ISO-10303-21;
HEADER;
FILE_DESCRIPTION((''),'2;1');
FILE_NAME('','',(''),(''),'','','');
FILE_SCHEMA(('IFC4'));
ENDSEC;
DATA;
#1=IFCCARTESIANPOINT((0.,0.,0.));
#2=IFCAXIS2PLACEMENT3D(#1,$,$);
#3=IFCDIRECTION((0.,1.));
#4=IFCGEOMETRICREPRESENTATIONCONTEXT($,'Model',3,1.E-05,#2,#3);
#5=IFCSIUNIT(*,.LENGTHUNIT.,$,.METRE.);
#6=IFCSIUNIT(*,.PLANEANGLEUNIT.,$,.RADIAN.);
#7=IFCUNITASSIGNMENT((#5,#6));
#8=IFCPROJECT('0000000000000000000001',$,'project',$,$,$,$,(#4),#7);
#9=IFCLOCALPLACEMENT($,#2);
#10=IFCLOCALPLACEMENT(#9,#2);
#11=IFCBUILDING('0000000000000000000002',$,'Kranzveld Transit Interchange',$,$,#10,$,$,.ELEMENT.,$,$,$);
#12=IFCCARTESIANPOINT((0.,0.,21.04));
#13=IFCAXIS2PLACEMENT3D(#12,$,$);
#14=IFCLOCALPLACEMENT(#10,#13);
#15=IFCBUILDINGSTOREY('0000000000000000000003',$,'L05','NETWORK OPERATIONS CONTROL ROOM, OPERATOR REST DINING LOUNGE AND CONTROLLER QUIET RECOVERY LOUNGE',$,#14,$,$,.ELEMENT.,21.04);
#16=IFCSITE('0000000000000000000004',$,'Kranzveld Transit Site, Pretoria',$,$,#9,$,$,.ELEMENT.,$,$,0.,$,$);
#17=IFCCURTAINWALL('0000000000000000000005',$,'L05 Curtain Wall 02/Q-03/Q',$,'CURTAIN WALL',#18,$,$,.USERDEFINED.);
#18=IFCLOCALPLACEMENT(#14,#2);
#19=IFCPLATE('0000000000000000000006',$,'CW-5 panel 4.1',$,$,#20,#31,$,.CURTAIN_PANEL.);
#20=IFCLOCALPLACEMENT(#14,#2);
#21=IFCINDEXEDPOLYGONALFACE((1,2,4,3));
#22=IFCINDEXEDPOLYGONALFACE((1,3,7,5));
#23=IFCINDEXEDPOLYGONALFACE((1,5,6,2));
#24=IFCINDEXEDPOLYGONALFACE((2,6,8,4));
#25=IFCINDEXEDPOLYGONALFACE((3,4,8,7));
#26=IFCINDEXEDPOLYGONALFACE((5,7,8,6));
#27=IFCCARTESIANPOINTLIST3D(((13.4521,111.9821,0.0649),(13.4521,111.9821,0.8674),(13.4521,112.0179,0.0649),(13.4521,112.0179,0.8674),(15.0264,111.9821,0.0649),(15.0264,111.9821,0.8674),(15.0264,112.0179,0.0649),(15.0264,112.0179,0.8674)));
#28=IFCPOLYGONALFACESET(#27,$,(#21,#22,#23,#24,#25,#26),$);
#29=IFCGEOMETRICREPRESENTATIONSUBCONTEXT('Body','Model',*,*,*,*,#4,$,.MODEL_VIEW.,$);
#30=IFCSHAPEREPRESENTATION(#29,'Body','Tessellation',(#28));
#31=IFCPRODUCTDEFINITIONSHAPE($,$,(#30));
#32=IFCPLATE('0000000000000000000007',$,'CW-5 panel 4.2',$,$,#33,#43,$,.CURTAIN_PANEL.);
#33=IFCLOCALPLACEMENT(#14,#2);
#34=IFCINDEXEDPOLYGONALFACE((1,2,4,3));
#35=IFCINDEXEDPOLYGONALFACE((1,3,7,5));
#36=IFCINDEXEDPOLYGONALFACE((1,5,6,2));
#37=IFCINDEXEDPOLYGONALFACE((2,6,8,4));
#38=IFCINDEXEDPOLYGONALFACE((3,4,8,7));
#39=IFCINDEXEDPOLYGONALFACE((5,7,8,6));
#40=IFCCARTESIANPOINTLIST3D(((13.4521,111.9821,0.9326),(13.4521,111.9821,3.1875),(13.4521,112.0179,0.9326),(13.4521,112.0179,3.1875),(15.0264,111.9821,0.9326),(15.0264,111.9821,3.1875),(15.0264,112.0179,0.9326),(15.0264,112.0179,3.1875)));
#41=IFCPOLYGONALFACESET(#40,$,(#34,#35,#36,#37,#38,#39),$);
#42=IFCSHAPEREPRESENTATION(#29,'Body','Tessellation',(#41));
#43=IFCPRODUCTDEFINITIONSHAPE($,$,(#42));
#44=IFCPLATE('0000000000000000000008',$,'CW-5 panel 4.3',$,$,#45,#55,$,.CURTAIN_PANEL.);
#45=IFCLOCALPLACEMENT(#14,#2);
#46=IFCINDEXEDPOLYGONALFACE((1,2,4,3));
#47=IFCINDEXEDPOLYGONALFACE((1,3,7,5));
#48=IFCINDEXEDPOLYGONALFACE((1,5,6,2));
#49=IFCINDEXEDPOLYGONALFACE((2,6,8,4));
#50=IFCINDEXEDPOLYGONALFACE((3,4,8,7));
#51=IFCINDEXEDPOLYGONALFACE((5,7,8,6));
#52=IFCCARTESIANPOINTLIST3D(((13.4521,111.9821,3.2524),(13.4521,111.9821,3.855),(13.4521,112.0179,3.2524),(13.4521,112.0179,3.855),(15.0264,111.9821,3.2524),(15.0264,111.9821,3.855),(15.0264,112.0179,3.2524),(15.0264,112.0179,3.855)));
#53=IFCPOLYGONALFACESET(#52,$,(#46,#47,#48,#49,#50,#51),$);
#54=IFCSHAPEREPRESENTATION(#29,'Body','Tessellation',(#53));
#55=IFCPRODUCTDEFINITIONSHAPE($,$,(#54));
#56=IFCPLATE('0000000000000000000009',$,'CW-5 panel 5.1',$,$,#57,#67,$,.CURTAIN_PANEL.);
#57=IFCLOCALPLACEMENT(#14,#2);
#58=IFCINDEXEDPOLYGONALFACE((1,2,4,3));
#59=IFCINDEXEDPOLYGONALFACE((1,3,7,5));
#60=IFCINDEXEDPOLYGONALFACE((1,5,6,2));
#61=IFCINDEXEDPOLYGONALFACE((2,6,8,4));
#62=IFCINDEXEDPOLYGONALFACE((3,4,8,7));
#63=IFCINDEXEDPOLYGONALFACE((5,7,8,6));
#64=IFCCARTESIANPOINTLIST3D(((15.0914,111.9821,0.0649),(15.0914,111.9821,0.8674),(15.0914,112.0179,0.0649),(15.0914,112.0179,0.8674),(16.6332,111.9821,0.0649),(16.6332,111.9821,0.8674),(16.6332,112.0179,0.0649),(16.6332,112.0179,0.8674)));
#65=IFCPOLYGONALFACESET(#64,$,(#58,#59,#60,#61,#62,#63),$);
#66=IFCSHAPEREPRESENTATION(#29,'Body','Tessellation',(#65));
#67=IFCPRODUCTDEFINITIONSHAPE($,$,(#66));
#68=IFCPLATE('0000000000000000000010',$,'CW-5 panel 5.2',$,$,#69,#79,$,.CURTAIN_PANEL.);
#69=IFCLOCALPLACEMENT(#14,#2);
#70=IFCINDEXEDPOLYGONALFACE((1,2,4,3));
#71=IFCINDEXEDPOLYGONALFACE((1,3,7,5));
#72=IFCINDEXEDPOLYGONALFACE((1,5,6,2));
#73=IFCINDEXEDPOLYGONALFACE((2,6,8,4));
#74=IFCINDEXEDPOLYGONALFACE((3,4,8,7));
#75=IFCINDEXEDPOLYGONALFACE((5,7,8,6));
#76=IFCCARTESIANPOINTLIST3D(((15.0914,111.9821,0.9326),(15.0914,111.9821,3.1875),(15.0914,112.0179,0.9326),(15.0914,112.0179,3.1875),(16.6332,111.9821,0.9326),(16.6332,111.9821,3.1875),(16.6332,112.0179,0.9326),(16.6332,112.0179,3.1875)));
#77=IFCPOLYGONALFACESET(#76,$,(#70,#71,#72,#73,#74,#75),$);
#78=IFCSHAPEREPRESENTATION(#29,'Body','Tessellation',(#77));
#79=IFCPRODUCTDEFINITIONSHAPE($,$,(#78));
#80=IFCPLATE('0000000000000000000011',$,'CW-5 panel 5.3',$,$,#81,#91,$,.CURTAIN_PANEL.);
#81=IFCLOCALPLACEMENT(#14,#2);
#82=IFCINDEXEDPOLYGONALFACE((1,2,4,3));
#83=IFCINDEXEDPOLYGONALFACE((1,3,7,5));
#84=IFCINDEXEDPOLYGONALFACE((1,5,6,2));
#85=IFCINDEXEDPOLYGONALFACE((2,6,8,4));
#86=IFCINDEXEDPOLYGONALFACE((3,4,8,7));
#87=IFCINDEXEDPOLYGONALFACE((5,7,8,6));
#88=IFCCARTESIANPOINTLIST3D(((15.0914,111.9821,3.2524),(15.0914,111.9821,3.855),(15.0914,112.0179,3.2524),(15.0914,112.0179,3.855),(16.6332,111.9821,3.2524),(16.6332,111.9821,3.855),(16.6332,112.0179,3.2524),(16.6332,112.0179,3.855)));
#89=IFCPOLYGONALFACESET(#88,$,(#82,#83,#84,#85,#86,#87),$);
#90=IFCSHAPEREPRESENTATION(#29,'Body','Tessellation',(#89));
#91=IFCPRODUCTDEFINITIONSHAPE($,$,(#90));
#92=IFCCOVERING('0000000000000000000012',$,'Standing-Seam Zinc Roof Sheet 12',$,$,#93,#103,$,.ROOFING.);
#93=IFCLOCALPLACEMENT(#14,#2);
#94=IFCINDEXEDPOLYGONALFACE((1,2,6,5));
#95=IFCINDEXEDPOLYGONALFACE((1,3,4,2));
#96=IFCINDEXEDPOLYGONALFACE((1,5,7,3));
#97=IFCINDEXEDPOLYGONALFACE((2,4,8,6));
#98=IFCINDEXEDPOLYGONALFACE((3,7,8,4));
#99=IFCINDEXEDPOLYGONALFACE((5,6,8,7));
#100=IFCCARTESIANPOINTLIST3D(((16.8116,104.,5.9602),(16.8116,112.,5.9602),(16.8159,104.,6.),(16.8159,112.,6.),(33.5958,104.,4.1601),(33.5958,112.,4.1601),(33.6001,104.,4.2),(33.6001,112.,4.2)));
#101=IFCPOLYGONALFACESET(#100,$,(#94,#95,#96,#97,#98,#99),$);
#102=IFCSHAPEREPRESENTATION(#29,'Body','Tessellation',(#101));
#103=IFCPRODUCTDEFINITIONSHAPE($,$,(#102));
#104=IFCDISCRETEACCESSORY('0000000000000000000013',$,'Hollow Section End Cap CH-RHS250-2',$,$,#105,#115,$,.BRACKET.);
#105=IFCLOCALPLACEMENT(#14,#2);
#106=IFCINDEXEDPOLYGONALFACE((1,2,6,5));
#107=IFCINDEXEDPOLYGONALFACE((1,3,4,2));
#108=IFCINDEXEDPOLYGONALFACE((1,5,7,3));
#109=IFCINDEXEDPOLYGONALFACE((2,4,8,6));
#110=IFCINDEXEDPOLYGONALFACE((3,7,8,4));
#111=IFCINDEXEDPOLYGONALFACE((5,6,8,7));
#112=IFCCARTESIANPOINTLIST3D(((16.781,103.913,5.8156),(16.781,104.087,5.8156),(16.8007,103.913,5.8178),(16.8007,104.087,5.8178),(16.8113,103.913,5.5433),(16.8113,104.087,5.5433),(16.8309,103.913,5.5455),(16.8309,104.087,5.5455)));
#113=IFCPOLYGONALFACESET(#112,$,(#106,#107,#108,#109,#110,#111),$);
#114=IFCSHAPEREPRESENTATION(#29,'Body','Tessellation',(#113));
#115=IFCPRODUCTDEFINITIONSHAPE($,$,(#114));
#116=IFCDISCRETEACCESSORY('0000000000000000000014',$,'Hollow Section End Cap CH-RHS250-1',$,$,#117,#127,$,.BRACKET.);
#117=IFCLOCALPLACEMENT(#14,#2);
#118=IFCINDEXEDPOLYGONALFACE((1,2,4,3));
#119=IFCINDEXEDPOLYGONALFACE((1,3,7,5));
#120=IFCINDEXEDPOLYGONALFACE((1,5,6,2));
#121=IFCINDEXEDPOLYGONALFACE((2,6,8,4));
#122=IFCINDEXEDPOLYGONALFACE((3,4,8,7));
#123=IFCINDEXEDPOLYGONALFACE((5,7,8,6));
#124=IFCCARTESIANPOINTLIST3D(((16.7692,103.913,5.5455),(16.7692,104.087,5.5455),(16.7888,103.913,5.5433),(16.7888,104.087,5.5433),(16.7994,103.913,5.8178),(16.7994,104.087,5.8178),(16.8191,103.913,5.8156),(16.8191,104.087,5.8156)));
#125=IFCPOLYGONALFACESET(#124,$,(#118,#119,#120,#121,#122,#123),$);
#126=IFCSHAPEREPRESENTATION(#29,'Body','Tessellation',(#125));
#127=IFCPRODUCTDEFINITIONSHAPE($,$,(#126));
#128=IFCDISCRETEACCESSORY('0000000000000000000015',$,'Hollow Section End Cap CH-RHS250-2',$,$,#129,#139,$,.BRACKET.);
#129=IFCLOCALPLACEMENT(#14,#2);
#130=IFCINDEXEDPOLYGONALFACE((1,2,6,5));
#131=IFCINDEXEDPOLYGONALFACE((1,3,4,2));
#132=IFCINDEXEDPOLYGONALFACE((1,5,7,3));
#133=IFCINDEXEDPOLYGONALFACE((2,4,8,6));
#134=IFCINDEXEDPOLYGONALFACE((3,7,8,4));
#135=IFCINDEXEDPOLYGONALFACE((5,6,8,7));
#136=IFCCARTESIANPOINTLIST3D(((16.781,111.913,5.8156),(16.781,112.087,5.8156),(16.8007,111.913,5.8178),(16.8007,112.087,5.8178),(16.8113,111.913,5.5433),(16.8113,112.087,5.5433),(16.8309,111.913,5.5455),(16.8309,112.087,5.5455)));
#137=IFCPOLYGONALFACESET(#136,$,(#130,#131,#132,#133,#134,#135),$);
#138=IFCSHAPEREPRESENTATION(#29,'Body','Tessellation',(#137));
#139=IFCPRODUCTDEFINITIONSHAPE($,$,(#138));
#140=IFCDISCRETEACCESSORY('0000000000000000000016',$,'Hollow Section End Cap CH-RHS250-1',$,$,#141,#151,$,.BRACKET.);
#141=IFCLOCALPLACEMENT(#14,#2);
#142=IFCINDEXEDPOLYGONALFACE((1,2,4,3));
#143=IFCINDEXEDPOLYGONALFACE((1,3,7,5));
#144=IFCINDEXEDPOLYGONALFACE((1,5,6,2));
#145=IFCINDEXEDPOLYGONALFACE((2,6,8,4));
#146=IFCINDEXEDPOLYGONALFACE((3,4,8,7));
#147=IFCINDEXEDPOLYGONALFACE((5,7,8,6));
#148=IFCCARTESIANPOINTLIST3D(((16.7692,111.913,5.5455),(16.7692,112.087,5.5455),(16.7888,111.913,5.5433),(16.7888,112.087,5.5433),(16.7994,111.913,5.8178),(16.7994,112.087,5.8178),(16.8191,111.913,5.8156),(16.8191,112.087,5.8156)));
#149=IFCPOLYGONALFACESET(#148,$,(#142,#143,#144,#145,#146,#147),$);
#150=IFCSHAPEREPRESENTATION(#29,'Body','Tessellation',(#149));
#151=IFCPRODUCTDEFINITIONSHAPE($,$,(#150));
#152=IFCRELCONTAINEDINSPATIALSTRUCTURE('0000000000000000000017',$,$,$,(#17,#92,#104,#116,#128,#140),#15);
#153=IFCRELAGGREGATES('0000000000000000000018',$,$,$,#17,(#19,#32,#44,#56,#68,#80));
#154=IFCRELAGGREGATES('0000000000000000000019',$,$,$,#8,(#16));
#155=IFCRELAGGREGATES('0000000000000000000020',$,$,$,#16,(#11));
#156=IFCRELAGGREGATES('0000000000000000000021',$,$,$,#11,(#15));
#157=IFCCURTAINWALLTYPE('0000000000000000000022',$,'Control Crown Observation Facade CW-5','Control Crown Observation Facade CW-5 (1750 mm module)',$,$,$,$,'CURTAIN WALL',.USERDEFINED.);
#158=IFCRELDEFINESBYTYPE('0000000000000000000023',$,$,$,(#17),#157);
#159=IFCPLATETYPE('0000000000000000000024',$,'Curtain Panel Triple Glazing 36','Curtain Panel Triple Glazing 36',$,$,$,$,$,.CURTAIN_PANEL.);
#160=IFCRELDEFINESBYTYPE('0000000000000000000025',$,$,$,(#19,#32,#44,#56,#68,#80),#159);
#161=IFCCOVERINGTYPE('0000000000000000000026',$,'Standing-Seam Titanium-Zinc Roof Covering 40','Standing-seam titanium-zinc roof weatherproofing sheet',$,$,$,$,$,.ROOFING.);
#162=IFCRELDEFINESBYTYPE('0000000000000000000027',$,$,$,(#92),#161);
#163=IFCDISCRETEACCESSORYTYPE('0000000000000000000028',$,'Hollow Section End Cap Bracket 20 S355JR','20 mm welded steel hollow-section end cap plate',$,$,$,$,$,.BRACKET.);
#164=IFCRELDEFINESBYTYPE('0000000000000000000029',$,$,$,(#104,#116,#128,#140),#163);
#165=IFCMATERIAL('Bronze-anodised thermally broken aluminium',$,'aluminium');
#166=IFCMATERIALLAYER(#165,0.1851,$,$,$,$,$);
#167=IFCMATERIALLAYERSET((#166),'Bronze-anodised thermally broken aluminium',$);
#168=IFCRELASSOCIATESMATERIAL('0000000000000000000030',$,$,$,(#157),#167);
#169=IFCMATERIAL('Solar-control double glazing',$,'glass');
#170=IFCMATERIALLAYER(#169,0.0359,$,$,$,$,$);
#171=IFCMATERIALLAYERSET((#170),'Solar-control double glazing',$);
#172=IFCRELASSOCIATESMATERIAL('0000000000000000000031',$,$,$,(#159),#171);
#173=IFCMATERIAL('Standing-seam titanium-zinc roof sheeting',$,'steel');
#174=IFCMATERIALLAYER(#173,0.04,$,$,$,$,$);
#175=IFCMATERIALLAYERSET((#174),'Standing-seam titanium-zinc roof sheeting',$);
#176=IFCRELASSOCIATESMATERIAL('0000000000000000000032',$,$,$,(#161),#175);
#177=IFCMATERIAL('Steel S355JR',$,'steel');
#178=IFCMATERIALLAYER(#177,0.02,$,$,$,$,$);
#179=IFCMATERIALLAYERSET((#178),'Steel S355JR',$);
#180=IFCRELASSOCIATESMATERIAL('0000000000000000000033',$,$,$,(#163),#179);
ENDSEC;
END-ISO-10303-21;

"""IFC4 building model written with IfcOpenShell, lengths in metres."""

from ifc_helpers import new_model, si_unit, direction, frame, origin, origin_2d, place, context, subcontext, project, spatial, polyline, rectangle, outline, extrude, material, layer, layer_set, type_object, element, aggregate, save


model = new_model("IFC4")

# Units and contexts
model_context = context("Model", 3, precision=1e-05, world=origin(), true_north=direction((0.0, 1.0)))
body_context = subcontext(model_context, "Body", "Model", "MODEL_VIEW")
ifc_project = project(units=[si_unit("LENGTHUNIT", "METRE"), si_unit("PLANEANGLEUNIT", "RADIAN")], contexts=[model_context])

# Site, building, storey
site_placement = place(None, origin())
site = spatial("IfcSite", under=ifc_project, at=site_placement, Name="Kranzveld Transit Site, Pretoria", CompositionType="ELEMENT", RefElevation=0.0)
building_placement = place(site_placement, origin())
building = spatial("IfcBuilding", under=site, at=building_placement, Name="Kranzveld Transit Interchange", CompositionType="ELEMENT")
storey_placement = place(building_placement, frame((0.0, 0.0, 21.04)))
storey = spatial("IfcBuildingStorey", under=building, at=storey_placement, Name="L05", Description="NETWORK OPERATIONS CONTROL ROOM, OPERATOR REST DINING LOUNGE AND CONTROLLER QUIET RECOVERY LOUNGE", CompositionType="ELEMENT", Elevation=21.04)

# Curtain wall
ifc_material_1 = material(Name="Bronze-anodised thermally broken aluminium", Category="aluminium")
ifc_layer_1 = layer(ifc_material_1, 0.1851)
ifc_layer_set_1 = layer_set([ifc_layer_1], Name="Bronze-anodised thermally broken aluminium")
curtain_wall_type = type_object("IfcCurtainWallType", Name="Control Crown Observation Facade CW-5", Description="Control Crown Observation Facade CW-5 (1750 mm module)", ElementType="CURTAIN WALL", PredefinedType="USERDEFINED", material=ifc_layer_set_1)
curtain_wall_1_placement = place(storey_placement, origin())
curtain_wall_1 = element("IfcCurtainWall", 1, at=curtain_wall_1_placement, inside=storey, type_object=curtain_wall_type, Name="L05 Curtain Wall 02/Q-03/Q", ObjectType="CURTAIN WALL", PredefinedType="USERDEFINED")

# Plates
ifc_material_2 = material(Name="Solar-control double glazing", Category="glass")
ifc_layer_2 = layer(ifc_material_2, 0.0359)
ifc_layer_set_2 = layer_set([ifc_layer_2], Name="Solar-control double glazing")
plate_type = type_object("IfcPlateType", Name="Curtain Panel Triple Glazing 36", Description="Curtain Panel Triple Glazing 36", PredefinedType="CURTAIN_PANEL", material=ifc_layer_set_2)
plate_1_placement = place(storey_placement, frame((14.2393, 112.0, 0.0649), z_axis=(0.0, 0.0, 1.0), x_axis=(1.0, 0.0, 0.0)))
plate_1 = element("IfcPlate", 2, at=plate_1_placement, type_object=plate_type, Name="CW-5 panel 4.1", PredefinedType="CURTAIN_PANEL", context=body_context, shape_type="SweptSolid", body=[
    extrude(rectangle(XDim=1.5742, YDim=0.0359, at=origin_2d()), origin(), (0.0, 0.0, 1.0), 0.8025),
])
plate_2_placement = place(storey_placement, frame((14.2393, 112.0, 0.9326), z_axis=(0.0, 0.0, 1.0), x_axis=(1.0, 0.0, 0.0)))
plate_2 = element("IfcPlate", 3, at=plate_2_placement, type_object=plate_type, Name="CW-5 panel 4.2", PredefinedType="CURTAIN_PANEL", context=body_context, shape_type="SweptSolid", body=[
    extrude(rectangle(XDim=1.5742, YDim=0.0359, at=origin_2d()), origin(), (0.0, 0.0, 1.0), 2.2549),
])
plate_3_placement = place(storey_placement, frame((14.2393, 112.0, 3.2524), z_axis=(0.0, 0.0, 1.0), x_axis=(1.0, 0.0, 0.0)))
plate_3 = element("IfcPlate", 4, at=plate_3_placement, type_object=plate_type, Name="CW-5 panel 4.3", PredefinedType="CURTAIN_PANEL", context=body_context, shape_type="SweptSolid", body=[
    extrude(rectangle(XDim=1.5742, YDim=0.0359, at=origin_2d()), origin(), (0.0, 0.0, 1.0), 0.6025),
])
plate_4_placement = place(storey_placement, frame((15.8623, 112.0, 0.0649), z_axis=(0.0, 0.0, 1.0), x_axis=(1.0, 0.0, 0.0)))
plate_4 = element("IfcPlate", 5, at=plate_4_placement, type_object=plate_type, Name="CW-5 panel 5.1", PredefinedType="CURTAIN_PANEL", context=body_context, shape_type="SweptSolid", body=[
    extrude(rectangle(XDim=1.5417, YDim=0.0359, at=origin_2d()), origin(), (0.0, 0.0, 1.0), 0.8025),
])
plate_5_placement = place(storey_placement, frame((15.8623, 112.0, 0.9326), z_axis=(0.0, 0.0, 1.0), x_axis=(1.0, 0.0, 0.0)))
plate_5 = element("IfcPlate", 6, at=plate_5_placement, type_object=plate_type, Name="CW-5 panel 5.2", PredefinedType="CURTAIN_PANEL", context=body_context, shape_type="SweptSolid", body=[
    extrude(rectangle(XDim=1.5417, YDim=0.0359, at=origin_2d()), origin(), (0.0, 0.0, 1.0), 2.2549),
])
plate_6_placement = place(storey_placement, frame((15.8623, 112.0, 3.2524), z_axis=(0.0, 0.0, 1.0), x_axis=(1.0, 0.0, 0.0)))
plate_6 = element("IfcPlate", 7, at=plate_6_placement, type_object=plate_type, Name="CW-5 panel 5.3", PredefinedType="CURTAIN_PANEL", context=body_context, shape_type="SweptSolid", body=[
    extrude(rectangle(XDim=1.5417, YDim=0.0359, at=origin_2d()), origin(), (0.0, 0.0, 1.0), 0.6025),
])
aggregate(curtain_wall_1, [plate_1, plate_2, plate_3, plate_4, plate_5, plate_6])

# Covering
ifc_material_3 = material(Name="Standing-seam titanium-zinc roof sheeting", Category="steel")
ifc_layer_3 = layer(ifc_material_3, 0.04)
ifc_layer_set_3 = layer_set([ifc_layer_3], Name="Standing-seam titanium-zinc roof sheeting")
covering_type = type_object("IfcCoveringType", Name="Standing-Seam Titanium-Zinc Roof Covering 40", Description="Standing-seam titanium-zinc roof weatherproofing sheet", PredefinedType="ROOFING", material=ifc_layer_set_3)
covering_placement = place(storey_placement, frame((16.8159, 104.0, 6.0), z_axis=(0.106635, 0.0, 0.994298), x_axis=(0.994298, 0.0, -0.106635)))
element("IfcCovering", 8, at=covering_placement, inside=storey, type_object=covering_type, Name="Standing-Seam Zinc Roof Sheet 12", PredefinedType="ROOFING", context=body_context, shape_type="SweptSolid", body=[
    extrude(outline(polyline([(0.0, 0.0), (16.8804, 0.0), (16.8804, 8.0), (0.0, 8.0), (0.0, 0.0)])), origin(), (0.0, 0.0, -1.0), 0.04),
])

# Discrete accessories
ifc_material_4 = material(Name="Steel S355JR", Category="steel")
ifc_layer_4 = layer(ifc_material_4, 0.02)
ifc_layer_set_4 = layer_set([ifc_layer_4], Name="Steel S355JR")
discrete_accessory_type = type_object("IfcDiscreteAccessoryType", Name="Hollow Section End Cap Bracket 20 S355JR", Description="20 mm welded steel hollow-section end cap plate", PredefinedType="BRACKET", material=ifc_layer_set_4)
for number, where, z_axis, x_axis, name in (
    (9, (16.7961, 104.0, 5.6794), (0.993884, 0.0, 0.110432), (0.0, 1.0, 0.0), "Hollow Section End Cap CH-RHS250-2"),
    (10, (16.804, 104.0, 5.6794), (-0.993884, 0.0, 0.110432), (0.0, -1.0, 0.0), "Hollow Section End Cap CH-RHS250-1"),
    (11, (16.7961, 112.0, 5.6794), (0.993884, 0.0, 0.110432), (0.0, 1.0, 0.0), "Hollow Section End Cap CH-RHS250-2"),
    (12, (16.804, 112.0, 5.6794), (-0.993884, 0.0, 0.110432), (0.0, -1.0, 0.0), "Hollow Section End Cap CH-RHS250-1"),
):
    element("IfcDiscreteAccessory", number, at=place(storey_placement, frame(where, z_axis=z_axis, x_axis=x_axis)), inside=storey, type_object=discrete_accessory_type, Name=name, PredefinedType="BRACKET", context=body_context, shape_type="SweptSolid", body=[
        extrude(rectangle(XDim=0.1741, YDim=0.2739, at=origin_2d()), origin(), (0.0, 0.0, 1.0), 0.0198),
    ])

save(model, "model.ifc")
